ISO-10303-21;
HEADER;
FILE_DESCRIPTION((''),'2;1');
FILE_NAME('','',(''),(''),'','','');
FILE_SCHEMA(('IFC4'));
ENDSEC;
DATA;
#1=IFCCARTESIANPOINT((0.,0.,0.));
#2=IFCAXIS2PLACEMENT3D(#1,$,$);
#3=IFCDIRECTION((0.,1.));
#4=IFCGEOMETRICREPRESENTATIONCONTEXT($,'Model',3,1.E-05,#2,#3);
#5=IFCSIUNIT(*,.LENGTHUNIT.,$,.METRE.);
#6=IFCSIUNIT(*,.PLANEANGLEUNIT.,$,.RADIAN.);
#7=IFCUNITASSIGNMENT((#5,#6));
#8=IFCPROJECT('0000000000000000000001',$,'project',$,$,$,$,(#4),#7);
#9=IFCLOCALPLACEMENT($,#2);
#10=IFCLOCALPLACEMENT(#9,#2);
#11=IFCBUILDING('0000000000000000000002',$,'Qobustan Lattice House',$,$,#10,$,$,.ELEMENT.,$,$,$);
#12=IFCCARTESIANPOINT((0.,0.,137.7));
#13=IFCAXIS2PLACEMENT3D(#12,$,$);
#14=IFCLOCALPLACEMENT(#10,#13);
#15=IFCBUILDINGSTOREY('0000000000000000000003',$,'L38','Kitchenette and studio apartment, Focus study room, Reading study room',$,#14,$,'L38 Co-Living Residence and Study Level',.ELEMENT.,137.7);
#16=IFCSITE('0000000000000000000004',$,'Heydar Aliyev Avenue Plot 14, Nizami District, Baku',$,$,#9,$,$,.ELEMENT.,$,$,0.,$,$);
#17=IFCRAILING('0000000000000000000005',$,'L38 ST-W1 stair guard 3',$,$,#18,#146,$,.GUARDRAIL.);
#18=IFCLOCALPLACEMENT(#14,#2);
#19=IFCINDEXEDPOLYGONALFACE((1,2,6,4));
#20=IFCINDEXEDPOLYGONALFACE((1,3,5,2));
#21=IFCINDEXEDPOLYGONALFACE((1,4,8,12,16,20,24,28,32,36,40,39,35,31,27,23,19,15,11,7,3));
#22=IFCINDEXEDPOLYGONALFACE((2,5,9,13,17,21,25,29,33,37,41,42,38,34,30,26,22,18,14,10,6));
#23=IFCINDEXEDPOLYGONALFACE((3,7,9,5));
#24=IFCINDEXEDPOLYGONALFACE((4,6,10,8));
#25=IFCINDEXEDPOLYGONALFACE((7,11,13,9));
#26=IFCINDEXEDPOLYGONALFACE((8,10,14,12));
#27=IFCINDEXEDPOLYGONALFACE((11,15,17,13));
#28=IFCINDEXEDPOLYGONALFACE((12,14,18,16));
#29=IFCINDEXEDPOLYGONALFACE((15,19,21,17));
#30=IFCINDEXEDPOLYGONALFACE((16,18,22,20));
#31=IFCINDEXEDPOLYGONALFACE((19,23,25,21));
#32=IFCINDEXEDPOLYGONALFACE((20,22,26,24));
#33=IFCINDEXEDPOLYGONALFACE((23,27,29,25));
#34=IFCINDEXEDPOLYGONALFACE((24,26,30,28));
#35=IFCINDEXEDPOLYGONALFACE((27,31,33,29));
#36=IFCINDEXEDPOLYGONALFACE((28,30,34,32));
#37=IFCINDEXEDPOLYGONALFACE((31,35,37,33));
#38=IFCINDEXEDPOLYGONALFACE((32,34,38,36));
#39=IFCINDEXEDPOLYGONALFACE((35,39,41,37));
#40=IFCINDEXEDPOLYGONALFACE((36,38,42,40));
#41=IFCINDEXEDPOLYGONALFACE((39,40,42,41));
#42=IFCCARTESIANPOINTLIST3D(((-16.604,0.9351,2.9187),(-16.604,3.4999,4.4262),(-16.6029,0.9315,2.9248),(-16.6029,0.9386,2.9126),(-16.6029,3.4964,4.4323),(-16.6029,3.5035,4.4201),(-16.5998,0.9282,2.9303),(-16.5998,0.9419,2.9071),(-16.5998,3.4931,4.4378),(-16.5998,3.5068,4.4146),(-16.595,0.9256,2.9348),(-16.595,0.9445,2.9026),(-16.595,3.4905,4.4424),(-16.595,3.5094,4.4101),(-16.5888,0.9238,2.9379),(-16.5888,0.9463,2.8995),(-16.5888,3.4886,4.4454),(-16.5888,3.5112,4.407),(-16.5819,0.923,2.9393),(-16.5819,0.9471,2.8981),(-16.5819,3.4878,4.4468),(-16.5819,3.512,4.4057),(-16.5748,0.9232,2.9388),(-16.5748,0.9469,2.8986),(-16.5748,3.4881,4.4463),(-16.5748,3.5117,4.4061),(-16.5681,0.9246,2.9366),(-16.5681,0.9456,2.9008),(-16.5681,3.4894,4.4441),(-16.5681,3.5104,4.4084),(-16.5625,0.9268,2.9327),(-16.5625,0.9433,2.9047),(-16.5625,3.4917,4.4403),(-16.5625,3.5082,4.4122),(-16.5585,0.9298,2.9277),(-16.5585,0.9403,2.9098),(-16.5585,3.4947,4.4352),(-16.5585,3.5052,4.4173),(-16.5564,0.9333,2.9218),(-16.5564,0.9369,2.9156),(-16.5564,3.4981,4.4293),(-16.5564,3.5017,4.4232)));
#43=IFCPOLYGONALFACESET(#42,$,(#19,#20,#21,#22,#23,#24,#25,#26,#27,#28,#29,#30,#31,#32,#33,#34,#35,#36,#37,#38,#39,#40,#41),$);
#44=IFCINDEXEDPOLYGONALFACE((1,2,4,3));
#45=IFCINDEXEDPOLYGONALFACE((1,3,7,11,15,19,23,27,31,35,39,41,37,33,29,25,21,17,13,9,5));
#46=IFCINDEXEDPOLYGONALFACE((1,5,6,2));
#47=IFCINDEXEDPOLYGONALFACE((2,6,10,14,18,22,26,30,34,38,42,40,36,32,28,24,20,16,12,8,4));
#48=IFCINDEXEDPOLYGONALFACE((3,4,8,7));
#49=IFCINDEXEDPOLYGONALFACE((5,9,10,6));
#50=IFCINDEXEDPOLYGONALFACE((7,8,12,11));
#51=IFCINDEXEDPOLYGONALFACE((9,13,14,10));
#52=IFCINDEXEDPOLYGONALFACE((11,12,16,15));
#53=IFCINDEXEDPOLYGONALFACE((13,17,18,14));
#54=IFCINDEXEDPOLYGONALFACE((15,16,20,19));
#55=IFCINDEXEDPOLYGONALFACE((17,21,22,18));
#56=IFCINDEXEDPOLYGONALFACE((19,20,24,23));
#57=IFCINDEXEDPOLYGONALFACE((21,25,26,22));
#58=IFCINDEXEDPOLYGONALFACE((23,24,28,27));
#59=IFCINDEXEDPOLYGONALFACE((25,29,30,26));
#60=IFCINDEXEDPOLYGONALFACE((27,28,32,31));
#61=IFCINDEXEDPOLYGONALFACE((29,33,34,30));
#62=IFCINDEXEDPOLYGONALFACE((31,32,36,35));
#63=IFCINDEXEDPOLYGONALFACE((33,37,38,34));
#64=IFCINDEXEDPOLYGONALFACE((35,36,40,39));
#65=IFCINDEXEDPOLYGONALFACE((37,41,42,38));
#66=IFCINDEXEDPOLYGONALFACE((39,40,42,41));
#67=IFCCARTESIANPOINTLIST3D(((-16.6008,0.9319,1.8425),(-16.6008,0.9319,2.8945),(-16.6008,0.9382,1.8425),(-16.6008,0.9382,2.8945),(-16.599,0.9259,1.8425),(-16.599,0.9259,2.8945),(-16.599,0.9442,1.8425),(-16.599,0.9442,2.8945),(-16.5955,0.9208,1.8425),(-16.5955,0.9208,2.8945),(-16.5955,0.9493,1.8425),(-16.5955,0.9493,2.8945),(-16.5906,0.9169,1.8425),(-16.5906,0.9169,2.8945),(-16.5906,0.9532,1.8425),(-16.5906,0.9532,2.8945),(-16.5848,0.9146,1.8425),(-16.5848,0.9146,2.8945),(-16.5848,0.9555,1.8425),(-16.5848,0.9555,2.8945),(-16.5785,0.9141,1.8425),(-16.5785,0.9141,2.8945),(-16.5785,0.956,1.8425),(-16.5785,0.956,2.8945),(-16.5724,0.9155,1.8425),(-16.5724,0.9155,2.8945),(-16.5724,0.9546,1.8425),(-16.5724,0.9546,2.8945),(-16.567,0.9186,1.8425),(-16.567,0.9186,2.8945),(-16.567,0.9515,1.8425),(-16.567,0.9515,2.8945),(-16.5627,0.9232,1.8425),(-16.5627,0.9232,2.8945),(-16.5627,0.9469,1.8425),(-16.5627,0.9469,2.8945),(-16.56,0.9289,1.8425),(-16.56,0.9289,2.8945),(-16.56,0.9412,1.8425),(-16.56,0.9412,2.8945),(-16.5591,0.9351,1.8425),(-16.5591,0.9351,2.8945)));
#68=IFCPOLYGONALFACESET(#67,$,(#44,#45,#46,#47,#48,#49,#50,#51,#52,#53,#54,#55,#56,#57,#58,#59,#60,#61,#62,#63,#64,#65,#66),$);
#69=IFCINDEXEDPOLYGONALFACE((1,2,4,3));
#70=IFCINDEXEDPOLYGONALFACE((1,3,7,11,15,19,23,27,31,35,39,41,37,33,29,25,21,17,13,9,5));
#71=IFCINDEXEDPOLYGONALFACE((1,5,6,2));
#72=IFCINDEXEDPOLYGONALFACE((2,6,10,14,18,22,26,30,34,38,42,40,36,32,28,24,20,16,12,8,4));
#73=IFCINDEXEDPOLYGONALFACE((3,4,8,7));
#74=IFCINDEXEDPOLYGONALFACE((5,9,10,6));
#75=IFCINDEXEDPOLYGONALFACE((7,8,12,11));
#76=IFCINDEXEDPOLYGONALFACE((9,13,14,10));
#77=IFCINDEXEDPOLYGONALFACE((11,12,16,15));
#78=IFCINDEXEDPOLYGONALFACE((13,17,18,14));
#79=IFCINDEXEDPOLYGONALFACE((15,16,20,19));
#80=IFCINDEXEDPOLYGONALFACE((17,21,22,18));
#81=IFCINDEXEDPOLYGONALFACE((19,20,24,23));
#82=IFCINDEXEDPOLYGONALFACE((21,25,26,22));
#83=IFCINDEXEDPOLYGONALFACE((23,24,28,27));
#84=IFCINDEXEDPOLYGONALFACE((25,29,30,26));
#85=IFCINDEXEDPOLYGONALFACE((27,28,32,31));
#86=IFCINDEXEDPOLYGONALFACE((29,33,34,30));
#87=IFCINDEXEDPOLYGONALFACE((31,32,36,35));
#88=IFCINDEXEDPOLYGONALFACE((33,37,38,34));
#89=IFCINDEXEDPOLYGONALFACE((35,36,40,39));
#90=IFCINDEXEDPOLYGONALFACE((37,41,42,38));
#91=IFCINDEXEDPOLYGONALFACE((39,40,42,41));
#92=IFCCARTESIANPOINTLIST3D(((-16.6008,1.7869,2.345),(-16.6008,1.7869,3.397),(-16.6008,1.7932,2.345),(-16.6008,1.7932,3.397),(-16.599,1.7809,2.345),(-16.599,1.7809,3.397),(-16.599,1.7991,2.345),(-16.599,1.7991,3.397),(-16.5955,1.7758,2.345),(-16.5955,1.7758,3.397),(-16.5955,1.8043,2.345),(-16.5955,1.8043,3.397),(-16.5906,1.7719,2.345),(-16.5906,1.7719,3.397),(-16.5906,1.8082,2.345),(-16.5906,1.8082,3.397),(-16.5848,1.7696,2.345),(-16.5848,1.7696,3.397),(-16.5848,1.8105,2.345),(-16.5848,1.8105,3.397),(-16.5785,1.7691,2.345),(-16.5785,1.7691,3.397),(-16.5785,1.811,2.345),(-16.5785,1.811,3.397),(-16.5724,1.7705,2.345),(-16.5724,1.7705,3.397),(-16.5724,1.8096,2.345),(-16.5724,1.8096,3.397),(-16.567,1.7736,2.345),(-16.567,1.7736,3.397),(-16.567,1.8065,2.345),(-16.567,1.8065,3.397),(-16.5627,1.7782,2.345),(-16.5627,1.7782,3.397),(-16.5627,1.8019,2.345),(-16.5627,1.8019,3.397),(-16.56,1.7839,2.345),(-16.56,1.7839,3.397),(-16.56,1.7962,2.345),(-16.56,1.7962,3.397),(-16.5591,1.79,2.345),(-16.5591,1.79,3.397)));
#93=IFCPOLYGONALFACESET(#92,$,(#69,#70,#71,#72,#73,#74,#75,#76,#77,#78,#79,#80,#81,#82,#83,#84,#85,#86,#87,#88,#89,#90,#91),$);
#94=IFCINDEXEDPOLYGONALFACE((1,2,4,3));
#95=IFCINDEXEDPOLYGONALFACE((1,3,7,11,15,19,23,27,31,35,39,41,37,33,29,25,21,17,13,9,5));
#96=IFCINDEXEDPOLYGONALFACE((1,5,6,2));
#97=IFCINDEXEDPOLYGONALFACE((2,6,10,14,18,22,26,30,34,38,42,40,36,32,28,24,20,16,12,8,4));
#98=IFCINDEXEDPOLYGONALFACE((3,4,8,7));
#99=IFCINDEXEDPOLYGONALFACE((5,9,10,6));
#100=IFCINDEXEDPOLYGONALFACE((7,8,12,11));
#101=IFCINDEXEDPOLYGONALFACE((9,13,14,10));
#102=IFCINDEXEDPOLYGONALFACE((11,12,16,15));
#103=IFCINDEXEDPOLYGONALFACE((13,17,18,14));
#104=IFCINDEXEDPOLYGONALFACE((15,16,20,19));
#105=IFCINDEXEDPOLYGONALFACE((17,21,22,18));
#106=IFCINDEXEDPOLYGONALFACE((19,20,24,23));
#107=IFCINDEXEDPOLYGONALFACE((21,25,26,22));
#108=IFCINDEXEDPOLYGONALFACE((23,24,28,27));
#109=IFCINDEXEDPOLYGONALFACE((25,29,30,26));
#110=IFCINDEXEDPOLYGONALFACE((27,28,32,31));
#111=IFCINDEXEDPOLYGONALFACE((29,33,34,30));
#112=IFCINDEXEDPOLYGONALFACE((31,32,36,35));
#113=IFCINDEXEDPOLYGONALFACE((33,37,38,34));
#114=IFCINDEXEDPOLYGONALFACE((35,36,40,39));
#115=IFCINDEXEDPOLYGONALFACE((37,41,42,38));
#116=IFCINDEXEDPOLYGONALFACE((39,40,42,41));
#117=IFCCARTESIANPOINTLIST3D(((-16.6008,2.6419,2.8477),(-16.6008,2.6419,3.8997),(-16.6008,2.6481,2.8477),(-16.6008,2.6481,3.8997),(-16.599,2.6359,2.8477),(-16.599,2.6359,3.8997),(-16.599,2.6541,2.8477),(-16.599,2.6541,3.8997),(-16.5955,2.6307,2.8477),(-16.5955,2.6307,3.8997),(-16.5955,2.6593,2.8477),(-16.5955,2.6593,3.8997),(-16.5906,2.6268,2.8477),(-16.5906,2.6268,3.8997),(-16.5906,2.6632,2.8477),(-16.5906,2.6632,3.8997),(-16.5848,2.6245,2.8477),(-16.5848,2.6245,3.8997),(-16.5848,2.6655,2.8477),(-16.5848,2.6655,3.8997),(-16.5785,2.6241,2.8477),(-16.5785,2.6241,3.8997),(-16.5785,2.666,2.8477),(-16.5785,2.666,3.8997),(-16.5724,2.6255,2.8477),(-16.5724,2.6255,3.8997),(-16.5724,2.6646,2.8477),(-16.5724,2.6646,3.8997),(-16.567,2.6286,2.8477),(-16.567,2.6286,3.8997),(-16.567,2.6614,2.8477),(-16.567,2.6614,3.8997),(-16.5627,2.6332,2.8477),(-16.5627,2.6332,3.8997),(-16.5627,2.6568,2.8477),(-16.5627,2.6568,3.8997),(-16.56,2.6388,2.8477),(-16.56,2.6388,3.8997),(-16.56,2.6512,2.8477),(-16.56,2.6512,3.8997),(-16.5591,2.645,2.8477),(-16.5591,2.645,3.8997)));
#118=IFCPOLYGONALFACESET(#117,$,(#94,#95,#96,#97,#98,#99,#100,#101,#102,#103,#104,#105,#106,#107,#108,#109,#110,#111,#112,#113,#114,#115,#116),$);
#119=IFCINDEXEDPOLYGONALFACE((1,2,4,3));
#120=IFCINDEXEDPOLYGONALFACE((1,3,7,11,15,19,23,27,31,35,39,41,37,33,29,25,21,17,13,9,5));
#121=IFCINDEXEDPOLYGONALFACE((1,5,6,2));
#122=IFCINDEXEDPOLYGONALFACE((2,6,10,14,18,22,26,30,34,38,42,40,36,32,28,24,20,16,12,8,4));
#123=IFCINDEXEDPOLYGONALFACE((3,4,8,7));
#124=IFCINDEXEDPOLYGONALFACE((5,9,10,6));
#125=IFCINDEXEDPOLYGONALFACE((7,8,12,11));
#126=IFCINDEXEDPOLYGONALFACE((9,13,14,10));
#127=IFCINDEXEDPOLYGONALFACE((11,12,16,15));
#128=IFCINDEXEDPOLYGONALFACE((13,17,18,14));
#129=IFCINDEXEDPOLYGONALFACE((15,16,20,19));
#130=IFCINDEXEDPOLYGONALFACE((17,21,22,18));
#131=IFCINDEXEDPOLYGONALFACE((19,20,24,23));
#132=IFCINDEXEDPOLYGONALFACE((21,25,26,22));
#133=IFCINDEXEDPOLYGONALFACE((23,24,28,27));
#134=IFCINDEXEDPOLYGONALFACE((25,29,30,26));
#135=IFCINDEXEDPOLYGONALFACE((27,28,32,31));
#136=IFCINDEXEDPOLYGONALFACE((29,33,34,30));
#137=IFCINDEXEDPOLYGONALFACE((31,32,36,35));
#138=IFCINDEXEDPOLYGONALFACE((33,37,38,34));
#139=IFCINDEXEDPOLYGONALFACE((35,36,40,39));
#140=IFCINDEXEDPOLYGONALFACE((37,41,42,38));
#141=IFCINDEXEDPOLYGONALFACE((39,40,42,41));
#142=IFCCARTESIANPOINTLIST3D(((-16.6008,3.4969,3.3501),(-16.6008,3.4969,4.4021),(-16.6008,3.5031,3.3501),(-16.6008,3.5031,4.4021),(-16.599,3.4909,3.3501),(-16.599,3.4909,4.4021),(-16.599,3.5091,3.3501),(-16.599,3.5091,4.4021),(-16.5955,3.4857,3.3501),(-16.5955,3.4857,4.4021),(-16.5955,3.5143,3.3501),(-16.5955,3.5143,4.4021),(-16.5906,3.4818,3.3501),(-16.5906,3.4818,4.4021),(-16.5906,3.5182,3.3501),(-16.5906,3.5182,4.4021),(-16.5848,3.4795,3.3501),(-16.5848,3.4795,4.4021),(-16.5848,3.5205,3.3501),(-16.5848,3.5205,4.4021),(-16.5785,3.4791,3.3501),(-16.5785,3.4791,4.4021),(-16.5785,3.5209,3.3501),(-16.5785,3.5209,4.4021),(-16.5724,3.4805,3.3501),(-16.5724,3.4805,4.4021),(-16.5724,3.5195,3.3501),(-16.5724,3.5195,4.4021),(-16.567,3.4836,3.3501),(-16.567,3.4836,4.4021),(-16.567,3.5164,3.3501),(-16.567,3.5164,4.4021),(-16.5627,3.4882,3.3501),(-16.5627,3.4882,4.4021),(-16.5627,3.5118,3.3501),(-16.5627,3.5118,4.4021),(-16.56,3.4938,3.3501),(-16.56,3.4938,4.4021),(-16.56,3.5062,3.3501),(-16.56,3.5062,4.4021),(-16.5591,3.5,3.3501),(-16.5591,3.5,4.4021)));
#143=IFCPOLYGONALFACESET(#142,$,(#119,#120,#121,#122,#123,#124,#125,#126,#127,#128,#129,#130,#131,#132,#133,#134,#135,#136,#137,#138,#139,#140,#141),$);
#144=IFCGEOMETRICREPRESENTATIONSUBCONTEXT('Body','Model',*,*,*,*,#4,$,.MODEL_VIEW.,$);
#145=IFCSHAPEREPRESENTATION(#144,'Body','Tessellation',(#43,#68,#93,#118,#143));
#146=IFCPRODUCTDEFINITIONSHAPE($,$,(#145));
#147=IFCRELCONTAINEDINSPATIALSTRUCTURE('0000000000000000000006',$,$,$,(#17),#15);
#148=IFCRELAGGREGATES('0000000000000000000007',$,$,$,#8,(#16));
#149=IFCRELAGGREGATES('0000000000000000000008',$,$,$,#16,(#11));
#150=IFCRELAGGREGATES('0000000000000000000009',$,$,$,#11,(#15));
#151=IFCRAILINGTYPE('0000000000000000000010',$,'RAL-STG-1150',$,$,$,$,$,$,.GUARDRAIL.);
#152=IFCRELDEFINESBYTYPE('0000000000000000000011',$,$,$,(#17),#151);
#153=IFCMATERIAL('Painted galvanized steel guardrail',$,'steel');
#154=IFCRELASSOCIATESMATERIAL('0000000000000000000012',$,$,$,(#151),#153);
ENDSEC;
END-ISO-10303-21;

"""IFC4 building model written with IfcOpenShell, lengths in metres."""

from ifc_helpers import new_model, si_unit, direction, frame, origin, origin_2d, place, context, subcontext, project, spatial, circle, extrude, material, type_object, element, save


model = new_model("IFC4")

# Units and contexts
model_context = context("Model", 3, precision=1e-05, world=origin(), true_north=direction((0.0, 1.0)))
body_context = subcontext(model_context, "Body", "Model", "MODEL_VIEW")
ifc_project = project(units=[si_unit("LENGTHUNIT", "METRE"), si_unit("PLANEANGLEUNIT", "RADIAN")], contexts=[model_context])

# Site, building, storey
site_placement = place(None, origin())
site = spatial("IfcSite", under=ifc_project, at=site_placement, Name="Heydar Aliyev Avenue Plot 14, Nizami District, Baku", CompositionType="ELEMENT", RefElevation=0.0)
building_placement = place(site_placement, origin())
building = spatial("IfcBuilding", under=site, at=building_placement, Name="Qobustan Lattice House", CompositionType="ELEMENT")
storey_placement = place(building_placement, frame((0.0, 0.0, 137.7)))
storey = spatial("IfcBuildingStorey", under=building, at=storey_placement, Name="L38", Description="Kitchenette and studio apartment, Focus study room, Reading study room", LongName="L38 Co-Living Residence and Study Level", CompositionType="ELEMENT", Elevation=137.7)

# Railing
ifc_material_1 = material(Name="Painted galvanized steel guardrail", Category="steel")
railing_type_1 = type_object("IfcRailingType", Name="RAL-STG-1150", PredefinedType="GUARDRAIL", material=ifc_material_1)
railing_1_placement = place(storey_placement, frame((-16.5801, 0.9351, 1.8425)))
element("IfcRailing", 1, at=railing_1_placement, inside=storey, type_object=railing_type_1, Name="L38 ST-W1 stair guard 3", PredefinedType="GUARDRAIL", context=body_context, shape_type="SweptSolid", body=[
    extrude(circle(Radius=0.0239, at=origin_2d()), frame((0.0, 0.0, 1.0762), z_axis=(0.0, 0.862113, 0.506715), x_axis=(-1.0, 0.0, 0.0)), (0.0, 0.0, 1.0), 2.9751),
    extrude(circle(Radius=0.021, at=origin_2d()), origin(), (0.0, 0.0, 1.0), 1.052),
    extrude(circle(Radius=0.021, at=origin_2d()), frame((0.0, 0.855, 0.5024)), (0.0, 0.0, 1.0), 1.052),
    extrude(circle(Radius=0.021, at=origin_2d()), frame((0.0, 1.71, 1.0051)), (0.0, 0.0, 1.0), 1.052),
    extrude(circle(Radius=0.021, at=origin_2d()), frame((0.0, 2.5649, 1.5076)), (0.0, 0.0, 1.0), 1.052),
])

save(model, "model.ifc")
